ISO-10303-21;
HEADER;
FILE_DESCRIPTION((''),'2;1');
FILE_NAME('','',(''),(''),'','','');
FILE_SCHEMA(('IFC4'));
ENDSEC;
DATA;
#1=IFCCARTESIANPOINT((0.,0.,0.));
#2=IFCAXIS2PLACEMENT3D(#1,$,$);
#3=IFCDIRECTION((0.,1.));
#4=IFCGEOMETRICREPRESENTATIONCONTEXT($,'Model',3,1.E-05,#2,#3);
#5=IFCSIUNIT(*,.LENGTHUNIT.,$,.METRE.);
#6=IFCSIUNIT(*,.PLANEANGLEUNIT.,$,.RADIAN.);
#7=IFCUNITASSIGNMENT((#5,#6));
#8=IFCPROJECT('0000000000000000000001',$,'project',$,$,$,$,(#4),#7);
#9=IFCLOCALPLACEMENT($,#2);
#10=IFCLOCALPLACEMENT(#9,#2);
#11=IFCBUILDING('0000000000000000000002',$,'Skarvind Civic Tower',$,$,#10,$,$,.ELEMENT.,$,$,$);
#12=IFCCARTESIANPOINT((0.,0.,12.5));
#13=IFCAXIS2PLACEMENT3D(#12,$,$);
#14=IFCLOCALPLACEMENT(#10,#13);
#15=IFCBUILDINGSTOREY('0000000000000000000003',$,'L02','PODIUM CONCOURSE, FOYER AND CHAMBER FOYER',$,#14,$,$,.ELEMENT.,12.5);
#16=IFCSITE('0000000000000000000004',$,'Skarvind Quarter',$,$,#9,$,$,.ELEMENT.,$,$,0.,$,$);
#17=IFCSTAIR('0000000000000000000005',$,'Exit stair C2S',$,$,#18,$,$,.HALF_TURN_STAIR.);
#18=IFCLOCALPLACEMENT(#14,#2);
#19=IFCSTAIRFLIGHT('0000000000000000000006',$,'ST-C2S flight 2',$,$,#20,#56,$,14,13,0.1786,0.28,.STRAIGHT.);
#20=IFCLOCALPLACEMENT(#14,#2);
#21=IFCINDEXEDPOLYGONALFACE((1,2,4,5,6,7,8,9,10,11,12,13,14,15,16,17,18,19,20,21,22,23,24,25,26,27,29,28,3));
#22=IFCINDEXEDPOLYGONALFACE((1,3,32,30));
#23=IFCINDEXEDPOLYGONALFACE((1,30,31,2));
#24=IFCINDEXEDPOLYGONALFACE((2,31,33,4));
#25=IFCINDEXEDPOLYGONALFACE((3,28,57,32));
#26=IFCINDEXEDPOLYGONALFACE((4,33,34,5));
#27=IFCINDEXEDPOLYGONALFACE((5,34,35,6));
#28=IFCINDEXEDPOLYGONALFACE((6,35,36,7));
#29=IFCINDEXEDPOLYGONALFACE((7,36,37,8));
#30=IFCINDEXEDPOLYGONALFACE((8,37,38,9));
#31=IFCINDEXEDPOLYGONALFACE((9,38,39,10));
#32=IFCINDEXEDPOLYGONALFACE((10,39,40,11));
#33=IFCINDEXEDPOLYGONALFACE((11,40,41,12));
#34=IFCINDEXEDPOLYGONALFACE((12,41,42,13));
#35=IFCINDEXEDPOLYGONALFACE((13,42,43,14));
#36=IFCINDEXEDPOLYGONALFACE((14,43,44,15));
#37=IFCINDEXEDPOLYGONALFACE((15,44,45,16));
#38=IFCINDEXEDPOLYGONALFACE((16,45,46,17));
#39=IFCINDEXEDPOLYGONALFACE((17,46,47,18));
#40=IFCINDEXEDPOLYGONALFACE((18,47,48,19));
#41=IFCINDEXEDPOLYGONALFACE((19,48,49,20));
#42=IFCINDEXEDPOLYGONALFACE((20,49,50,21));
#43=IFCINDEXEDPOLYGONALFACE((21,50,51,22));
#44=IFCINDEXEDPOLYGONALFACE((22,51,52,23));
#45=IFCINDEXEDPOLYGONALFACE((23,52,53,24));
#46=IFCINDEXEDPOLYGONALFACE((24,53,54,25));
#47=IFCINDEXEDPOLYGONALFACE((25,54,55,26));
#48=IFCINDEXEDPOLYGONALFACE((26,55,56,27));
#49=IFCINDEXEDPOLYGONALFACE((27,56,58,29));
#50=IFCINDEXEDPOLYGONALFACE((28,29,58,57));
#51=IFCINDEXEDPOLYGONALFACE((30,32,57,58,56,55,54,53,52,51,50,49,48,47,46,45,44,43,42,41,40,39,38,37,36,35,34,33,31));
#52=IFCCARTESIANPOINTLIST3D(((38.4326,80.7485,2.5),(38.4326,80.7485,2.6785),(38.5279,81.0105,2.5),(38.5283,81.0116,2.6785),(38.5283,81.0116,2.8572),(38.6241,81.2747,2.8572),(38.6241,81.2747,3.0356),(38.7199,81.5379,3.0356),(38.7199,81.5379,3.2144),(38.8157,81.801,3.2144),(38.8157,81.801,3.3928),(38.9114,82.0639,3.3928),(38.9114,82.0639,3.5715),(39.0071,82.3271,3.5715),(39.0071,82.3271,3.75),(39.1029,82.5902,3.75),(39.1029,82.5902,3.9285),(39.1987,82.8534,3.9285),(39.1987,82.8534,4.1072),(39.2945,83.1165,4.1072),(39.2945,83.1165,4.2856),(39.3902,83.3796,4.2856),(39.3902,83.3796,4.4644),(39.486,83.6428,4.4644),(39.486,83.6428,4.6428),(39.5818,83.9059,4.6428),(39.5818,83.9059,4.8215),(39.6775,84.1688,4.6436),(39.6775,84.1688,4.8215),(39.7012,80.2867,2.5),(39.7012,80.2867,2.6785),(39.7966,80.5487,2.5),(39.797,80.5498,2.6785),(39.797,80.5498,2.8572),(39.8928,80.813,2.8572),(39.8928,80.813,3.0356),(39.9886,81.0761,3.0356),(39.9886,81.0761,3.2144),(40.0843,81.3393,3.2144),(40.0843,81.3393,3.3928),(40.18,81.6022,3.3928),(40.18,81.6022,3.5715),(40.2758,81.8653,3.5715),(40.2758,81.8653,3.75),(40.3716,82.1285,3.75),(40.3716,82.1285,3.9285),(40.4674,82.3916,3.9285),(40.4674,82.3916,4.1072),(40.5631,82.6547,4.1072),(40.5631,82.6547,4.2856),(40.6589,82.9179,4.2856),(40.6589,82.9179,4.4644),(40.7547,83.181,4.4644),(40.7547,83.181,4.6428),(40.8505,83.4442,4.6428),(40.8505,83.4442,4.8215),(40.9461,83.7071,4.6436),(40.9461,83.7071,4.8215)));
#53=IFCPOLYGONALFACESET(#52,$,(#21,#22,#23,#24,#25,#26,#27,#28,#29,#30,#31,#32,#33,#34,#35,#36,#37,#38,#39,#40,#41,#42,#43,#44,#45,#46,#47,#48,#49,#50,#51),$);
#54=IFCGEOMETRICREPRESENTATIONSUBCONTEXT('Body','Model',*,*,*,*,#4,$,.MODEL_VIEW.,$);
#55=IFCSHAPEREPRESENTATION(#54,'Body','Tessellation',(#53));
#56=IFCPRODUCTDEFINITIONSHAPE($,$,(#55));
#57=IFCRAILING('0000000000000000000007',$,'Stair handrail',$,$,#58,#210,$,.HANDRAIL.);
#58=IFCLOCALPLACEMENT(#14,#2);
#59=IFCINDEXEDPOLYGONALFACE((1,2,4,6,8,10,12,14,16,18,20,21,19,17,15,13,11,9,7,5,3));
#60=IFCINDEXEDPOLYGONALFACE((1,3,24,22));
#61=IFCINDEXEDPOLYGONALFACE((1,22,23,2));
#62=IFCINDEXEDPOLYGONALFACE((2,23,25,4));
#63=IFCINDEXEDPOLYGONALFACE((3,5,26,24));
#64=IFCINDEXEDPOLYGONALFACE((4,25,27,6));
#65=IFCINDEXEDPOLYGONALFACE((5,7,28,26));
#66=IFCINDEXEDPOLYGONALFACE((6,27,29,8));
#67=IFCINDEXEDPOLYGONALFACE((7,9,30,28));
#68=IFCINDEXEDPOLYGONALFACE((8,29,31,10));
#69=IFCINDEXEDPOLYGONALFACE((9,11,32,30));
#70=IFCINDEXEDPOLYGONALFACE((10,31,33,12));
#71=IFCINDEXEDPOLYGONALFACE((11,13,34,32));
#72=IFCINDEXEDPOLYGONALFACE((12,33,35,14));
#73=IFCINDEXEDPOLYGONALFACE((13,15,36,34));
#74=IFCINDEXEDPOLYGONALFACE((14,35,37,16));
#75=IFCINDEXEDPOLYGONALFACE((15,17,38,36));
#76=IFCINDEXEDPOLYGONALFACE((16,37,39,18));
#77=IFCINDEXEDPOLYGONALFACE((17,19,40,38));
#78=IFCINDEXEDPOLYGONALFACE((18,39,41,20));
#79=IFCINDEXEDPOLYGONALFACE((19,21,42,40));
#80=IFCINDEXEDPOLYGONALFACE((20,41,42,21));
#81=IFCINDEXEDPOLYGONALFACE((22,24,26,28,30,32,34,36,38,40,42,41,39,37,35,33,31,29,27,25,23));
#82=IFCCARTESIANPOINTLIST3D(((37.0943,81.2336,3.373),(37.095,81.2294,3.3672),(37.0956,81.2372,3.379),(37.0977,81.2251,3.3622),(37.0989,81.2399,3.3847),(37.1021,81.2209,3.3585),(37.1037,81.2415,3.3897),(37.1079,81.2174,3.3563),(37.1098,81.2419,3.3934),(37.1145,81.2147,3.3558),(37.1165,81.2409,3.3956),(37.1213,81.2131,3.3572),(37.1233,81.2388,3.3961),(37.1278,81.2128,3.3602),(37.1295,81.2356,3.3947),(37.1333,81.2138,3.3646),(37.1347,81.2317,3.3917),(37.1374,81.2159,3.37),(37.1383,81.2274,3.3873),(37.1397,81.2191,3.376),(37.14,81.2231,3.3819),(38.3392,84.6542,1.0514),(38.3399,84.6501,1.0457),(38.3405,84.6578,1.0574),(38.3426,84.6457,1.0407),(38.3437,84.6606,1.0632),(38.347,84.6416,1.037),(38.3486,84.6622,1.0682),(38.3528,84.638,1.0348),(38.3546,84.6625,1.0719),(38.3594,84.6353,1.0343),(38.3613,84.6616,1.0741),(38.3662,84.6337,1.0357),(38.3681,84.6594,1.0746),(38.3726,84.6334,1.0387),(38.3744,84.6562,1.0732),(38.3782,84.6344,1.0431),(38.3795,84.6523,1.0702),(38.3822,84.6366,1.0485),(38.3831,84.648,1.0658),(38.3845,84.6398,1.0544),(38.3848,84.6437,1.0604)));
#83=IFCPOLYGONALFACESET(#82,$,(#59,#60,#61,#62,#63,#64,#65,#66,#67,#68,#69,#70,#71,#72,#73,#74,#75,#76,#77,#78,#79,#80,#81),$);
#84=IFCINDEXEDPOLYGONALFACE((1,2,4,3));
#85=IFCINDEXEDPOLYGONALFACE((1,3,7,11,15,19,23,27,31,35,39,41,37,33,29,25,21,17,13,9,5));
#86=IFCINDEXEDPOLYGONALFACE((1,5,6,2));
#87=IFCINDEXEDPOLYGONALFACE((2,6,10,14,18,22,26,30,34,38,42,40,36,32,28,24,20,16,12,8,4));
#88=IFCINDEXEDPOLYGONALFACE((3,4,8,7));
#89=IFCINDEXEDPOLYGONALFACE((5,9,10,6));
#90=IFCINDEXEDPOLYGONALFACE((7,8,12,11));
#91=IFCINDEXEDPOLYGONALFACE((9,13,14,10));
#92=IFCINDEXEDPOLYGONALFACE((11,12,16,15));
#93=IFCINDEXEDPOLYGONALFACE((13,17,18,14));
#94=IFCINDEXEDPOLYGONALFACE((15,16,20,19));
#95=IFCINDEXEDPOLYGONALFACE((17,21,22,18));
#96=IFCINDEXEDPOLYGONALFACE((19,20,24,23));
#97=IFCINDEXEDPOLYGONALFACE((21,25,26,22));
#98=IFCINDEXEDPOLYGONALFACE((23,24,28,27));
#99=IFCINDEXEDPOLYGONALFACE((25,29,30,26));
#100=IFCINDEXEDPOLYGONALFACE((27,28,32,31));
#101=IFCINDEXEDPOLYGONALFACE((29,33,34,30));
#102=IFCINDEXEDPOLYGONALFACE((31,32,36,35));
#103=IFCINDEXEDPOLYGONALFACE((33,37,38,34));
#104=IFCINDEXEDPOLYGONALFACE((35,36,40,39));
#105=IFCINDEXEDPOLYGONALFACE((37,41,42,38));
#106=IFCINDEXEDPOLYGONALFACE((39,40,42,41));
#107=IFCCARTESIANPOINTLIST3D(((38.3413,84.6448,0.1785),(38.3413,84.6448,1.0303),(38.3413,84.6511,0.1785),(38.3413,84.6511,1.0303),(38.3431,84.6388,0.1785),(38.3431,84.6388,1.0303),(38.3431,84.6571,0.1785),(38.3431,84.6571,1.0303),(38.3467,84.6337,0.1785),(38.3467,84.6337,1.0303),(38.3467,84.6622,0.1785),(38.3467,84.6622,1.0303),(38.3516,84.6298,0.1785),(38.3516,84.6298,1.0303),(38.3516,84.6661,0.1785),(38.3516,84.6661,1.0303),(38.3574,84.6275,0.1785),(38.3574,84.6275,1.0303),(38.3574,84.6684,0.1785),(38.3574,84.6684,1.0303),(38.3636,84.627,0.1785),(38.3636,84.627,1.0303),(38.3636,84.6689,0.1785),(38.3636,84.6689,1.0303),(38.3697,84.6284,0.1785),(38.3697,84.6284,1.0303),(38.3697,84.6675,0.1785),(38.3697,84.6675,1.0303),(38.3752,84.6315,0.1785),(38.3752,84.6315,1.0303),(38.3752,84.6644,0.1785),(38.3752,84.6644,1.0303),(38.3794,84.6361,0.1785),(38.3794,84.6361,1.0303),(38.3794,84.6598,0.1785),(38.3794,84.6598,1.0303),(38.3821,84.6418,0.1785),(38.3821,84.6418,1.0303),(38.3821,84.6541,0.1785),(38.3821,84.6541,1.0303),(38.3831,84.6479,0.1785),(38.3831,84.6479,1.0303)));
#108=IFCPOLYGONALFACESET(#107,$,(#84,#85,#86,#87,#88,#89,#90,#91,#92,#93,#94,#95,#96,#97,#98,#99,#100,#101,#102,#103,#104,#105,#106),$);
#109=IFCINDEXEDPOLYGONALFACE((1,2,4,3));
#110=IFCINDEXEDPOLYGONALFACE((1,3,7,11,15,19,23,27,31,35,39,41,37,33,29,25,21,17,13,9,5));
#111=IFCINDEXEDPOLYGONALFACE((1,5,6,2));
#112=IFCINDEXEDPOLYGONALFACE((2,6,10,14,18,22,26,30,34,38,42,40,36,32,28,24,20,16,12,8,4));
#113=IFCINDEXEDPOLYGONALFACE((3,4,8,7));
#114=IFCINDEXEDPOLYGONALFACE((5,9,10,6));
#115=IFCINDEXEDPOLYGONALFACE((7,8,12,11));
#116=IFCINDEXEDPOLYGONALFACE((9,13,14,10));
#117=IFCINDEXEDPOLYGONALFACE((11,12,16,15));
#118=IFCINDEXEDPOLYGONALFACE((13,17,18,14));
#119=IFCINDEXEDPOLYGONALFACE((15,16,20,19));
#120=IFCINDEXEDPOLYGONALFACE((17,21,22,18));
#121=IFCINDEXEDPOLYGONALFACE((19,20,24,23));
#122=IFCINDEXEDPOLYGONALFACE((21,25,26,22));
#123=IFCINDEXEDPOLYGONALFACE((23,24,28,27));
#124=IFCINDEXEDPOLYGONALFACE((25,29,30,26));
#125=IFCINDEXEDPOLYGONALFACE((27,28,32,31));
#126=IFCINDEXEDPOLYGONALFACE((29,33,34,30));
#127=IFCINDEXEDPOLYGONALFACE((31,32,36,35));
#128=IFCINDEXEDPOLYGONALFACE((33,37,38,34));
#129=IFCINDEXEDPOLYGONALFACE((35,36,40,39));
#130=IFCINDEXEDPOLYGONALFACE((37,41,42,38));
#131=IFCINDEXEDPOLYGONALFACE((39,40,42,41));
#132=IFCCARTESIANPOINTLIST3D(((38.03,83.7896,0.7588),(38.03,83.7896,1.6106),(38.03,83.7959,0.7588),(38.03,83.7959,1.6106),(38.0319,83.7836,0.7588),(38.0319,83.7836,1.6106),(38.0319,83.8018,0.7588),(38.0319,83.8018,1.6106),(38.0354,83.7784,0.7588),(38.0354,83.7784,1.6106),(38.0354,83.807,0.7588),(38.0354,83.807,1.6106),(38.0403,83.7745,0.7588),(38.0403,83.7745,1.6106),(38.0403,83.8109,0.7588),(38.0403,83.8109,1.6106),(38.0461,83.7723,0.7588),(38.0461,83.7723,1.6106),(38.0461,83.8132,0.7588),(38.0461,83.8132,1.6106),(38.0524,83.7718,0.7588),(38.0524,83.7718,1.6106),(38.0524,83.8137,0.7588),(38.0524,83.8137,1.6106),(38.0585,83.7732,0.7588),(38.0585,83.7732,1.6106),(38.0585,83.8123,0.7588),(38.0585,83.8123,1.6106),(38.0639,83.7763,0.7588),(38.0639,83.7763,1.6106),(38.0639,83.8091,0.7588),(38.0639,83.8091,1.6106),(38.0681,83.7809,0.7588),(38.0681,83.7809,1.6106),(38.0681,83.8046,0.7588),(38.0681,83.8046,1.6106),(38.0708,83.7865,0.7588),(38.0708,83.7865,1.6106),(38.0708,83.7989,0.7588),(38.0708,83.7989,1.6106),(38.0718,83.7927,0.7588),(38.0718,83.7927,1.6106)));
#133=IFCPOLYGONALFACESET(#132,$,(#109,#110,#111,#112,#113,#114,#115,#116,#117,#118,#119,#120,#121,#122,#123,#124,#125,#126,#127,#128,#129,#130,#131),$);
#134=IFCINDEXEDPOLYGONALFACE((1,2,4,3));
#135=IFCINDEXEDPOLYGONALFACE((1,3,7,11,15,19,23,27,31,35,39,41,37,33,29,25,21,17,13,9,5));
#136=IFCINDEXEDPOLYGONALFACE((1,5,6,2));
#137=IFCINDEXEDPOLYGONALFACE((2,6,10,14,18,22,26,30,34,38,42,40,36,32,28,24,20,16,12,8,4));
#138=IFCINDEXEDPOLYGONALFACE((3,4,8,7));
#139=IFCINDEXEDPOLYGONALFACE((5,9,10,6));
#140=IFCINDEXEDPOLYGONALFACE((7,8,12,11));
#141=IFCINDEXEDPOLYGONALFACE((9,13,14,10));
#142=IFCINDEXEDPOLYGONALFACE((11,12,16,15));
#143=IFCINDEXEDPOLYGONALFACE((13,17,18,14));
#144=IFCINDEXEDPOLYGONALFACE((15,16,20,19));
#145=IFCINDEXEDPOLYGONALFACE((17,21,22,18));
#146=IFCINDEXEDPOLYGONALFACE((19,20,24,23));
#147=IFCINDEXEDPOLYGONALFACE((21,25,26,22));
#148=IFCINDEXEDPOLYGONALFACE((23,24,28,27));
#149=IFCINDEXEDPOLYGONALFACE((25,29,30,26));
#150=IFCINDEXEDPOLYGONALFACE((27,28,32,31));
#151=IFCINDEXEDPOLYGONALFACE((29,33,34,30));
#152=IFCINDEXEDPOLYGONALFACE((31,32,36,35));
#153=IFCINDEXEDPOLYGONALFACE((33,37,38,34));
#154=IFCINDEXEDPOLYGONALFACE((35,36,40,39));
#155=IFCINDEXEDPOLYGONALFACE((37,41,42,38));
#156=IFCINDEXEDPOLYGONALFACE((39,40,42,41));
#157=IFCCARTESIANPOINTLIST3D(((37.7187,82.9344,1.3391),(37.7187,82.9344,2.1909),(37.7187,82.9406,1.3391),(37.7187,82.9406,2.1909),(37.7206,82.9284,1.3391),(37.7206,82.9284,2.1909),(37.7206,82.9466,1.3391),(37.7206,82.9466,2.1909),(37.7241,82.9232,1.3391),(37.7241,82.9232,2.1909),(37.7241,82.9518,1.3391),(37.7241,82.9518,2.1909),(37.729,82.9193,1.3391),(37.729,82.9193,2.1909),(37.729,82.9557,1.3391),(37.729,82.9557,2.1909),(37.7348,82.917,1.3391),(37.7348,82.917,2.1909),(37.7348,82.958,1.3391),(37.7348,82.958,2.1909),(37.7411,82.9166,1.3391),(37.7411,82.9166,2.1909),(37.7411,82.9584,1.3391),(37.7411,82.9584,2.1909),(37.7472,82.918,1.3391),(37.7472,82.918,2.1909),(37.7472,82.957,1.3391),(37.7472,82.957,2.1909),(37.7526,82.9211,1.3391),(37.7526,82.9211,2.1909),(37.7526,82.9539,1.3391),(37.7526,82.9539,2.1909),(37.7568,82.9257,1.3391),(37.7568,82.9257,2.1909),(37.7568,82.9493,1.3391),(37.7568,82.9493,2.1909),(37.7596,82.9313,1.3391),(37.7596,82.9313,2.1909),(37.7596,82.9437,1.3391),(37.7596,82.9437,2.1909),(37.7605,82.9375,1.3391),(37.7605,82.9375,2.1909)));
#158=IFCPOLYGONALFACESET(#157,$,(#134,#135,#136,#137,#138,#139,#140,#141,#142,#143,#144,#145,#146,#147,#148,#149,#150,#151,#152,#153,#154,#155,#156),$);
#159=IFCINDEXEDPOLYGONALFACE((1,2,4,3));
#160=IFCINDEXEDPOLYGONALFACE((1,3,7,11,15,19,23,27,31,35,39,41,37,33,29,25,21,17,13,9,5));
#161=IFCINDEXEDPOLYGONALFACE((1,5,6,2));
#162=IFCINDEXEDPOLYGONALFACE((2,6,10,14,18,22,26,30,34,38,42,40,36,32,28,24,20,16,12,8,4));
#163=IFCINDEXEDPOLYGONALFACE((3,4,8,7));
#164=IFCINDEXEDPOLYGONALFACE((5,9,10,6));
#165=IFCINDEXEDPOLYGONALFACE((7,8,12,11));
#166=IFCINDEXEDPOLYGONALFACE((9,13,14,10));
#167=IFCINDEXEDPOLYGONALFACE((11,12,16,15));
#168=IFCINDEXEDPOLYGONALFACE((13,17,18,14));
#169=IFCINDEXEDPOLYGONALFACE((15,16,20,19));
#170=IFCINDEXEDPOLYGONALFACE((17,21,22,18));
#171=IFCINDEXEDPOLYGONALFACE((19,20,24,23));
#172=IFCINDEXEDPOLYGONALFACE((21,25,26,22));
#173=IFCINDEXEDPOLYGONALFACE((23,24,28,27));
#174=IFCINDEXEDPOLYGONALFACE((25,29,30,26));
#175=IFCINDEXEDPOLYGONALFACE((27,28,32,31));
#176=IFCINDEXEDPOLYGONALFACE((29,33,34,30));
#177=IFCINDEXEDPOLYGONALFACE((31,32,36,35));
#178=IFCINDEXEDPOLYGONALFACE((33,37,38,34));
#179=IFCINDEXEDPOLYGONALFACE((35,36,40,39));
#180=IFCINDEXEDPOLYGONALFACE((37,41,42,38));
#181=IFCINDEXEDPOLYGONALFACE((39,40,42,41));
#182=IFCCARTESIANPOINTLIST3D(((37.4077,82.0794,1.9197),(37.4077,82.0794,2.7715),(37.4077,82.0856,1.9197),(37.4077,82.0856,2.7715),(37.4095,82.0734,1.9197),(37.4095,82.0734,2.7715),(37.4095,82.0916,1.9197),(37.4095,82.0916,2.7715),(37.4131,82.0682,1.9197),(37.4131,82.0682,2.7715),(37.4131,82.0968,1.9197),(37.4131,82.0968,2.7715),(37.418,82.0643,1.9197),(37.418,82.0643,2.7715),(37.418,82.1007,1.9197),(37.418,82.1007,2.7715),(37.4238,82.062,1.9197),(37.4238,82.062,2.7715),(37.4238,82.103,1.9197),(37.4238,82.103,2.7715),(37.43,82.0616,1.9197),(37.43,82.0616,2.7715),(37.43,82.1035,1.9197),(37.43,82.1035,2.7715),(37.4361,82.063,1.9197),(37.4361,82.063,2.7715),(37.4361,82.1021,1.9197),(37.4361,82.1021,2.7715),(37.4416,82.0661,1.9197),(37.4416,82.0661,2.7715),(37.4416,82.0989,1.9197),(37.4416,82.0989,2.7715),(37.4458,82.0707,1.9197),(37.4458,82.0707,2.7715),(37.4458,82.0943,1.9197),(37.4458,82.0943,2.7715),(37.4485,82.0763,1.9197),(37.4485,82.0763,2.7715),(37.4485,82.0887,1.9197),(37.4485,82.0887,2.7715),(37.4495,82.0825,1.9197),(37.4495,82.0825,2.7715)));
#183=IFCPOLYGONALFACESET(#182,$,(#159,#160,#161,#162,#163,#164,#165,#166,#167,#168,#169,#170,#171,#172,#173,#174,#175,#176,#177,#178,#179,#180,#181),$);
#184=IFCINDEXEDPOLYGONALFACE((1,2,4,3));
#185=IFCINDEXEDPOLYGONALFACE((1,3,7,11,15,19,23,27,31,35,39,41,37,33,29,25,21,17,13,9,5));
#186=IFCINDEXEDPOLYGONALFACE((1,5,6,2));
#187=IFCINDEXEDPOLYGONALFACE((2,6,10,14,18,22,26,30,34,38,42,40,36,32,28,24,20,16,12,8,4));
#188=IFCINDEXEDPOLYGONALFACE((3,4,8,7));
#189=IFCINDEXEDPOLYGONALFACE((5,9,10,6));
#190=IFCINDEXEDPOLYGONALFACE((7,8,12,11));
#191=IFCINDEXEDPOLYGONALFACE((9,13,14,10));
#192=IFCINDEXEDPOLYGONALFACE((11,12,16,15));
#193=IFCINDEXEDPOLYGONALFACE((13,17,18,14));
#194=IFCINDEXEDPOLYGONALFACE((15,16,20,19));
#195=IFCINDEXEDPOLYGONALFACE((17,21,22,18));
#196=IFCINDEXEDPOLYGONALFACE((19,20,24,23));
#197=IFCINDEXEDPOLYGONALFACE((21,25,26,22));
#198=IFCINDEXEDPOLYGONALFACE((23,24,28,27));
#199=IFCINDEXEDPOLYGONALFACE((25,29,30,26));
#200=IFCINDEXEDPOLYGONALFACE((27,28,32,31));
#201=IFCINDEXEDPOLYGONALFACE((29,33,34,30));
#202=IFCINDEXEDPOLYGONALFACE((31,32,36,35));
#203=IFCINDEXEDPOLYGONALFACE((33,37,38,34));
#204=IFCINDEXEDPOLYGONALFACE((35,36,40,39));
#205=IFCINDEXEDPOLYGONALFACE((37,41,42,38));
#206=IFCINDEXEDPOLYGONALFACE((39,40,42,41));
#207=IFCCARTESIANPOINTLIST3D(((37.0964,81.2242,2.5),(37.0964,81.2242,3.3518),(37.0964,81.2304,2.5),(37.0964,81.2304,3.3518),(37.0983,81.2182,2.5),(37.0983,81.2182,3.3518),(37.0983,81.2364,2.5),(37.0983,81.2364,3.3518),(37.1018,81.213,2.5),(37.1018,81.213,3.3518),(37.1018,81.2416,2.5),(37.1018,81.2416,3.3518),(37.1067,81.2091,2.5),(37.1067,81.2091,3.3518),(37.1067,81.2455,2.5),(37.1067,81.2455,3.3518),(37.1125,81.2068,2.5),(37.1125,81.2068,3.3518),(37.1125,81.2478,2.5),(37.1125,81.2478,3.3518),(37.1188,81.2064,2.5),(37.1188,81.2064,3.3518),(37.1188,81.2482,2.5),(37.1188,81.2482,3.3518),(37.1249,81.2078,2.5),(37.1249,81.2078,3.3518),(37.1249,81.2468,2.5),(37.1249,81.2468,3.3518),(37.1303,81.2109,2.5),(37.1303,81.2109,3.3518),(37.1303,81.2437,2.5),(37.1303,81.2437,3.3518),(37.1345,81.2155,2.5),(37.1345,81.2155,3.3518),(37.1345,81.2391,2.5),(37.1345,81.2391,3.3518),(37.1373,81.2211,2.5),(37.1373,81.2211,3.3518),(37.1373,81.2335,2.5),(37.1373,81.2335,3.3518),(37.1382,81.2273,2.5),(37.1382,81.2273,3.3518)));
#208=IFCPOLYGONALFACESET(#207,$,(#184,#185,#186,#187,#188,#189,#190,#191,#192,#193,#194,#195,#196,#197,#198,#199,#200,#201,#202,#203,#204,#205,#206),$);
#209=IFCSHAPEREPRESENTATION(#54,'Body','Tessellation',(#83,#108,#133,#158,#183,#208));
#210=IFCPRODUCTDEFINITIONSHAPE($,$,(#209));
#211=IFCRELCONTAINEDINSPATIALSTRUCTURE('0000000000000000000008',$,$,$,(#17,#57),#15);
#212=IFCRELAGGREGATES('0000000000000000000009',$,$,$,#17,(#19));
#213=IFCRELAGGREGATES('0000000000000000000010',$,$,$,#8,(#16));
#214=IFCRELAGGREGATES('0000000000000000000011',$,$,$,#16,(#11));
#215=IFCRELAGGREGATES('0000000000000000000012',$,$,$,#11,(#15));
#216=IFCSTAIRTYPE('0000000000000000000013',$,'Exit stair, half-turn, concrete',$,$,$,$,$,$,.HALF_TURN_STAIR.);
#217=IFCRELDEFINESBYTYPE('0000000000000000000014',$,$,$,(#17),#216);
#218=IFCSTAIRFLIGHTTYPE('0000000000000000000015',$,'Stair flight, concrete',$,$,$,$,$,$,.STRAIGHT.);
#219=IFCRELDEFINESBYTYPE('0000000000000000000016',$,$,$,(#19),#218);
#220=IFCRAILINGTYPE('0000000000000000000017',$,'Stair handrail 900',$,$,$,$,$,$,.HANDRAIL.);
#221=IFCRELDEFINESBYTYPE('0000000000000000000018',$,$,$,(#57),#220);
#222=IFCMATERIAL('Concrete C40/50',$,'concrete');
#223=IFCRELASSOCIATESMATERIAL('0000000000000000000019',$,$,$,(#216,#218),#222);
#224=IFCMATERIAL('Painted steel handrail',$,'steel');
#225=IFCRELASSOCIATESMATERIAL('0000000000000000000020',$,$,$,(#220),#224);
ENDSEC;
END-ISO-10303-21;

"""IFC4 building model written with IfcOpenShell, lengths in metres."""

from ifc_helpers import new_model, si_unit, direction, frame, origin, origin_2d, place, context, subcontext, project, spatial, polyline, circle, outline, extrude, material, type_object, element, aggregate, save


model = new_model("IFC4")

# Units and contexts
model_context = context("Model", 3, precision=1e-05, world=origin(), true_north=direction((0.0, 1.0)))
body_context = subcontext(model_context, "Body", "Model", "MODEL_VIEW")
ifc_project = project(units=[si_unit("LENGTHUNIT", "METRE"), si_unit("PLANEANGLEUNIT", "RADIAN")], contexts=[model_context])

# Site, building, storey
site_placement = place(None, origin())
site = spatial("IfcSite", under=ifc_project, at=site_placement, Name="Skarvind Quarter", CompositionType="ELEMENT", RefElevation=0.0)
building_placement = place(site_placement, origin())
building = spatial("IfcBuilding", under=site, at=building_placement, Name="Skarvind Civic Tower", CompositionType="ELEMENT")
storey_placement = place(building_placement, frame((0.0, 0.0, 12.5)))
storey = spatial("IfcBuildingStorey", under=building, at=storey_placement, Name="L02", Description="PODIUM CONCOURSE, FOYER AND CHAMBER FOYER", CompositionType="ELEMENT", Elevation=12.5)

# Stair, stair flight
ifc_material_1 = material(Name="Concrete C40/50", Category="concrete")
stair_type = type_object("IfcStairType", Name="Exit stair, half-turn, concrete", PredefinedType="HALF_TURN_STAIR", material=ifc_material_1)
stair_placement = place(storey_placement, origin())
stair = element("IfcStair", 1, at=stair_placement, inside=storey, type_object=stair_type, Name="Exit stair C2S", PredefinedType="HALF_TURN_STAIR")
stair_flight_type = type_object("IfcStairFlightType", Name="Stair flight, concrete", PredefinedType="STRAIGHT", material=ifc_material_1)
stair_flight_1_placement = place(storey_placement, frame((39.0669, 80.5176, 2.5), z_axis=(0.0, 0.0, 1.0), x_axis=(0.34202, 0.939693, 0.0)))
stair_flight_1 = element("IfcStairFlight", 2, at=stair_flight_1_placement, type_object=stair_flight_type, Name="ST-C2S flight 2", NumberOfRisers=14, NumberOfTreads=13, PredefinedType="STRAIGHT", RiserHeight=0.1786, TreadLength=0.28, context=body_context, shape_type="SweptSolid", body=[
    extrude(outline(polyline([(0.0, 0.0), (0.0, 0.1785), (0.28, 0.1785), (0.28, 0.3572), (0.5601, 0.3572), (0.5601, 0.5356), (0.8401, 0.5356), (0.8401, 0.7144), (1.1201, 0.7144), (1.1201, 0.8928), (1.3999, 0.8928), (1.3999, 1.0715), (1.6799, 1.0715), (1.6799, 1.25), (1.96, 1.25), (1.96, 1.4285), (2.24, 1.4285), (2.24, 1.6072), (2.52, 1.6072), (2.52, 1.7856), (2.8, 1.7856), (2.8, 1.9644), (3.0801, 1.9644), (3.0801, 2.1428), (3.3601, 2.1428), (3.3601, 2.3215), (3.6399, 2.3215), (3.6399, 2.5), (3.6399, 2.1436), (0.2788, 0.0), (0.0, 0.0)])), frame((0.0, 0.675, 0.0), z_axis=(0.0, -1.0, 0.0), x_axis=(1.0, 0.0, 0.0)), (0.0, 0.0, 1.0), 1.3501),
])
aggregate(stair, [stair_flight_1])

# Railing
ifc_material_2 = material(Name="Painted steel handrail", Category="steel")
railing_type = type_object("IfcRailingType", Name="Stair handrail 900", PredefinedType="HANDRAIL", material=ifc_material_2)
railing_1_placement = place(storey_placement, frame((38.3621, 84.6479, 0.1785)))
element("IfcRailing", 3, at=railing_1_placement, inside=storey, type_object=railing_type, Name="Stair handrail", PredefinedType="HANDRAIL", context=body_context, shape_type="SweptSolid", body=[
    extrude(circle(Radius=0.0239, at=origin_2d()), frame((0.0, 0.0, 0.876), z_axis=(-0.288337, -0.792292, 0.537713), x_axis=(0.939705, -0.341985, 0.0)), (0.0, 0.0, 1.0), 4.3174),
    extrude(circle(Radius=0.021, at=origin_2d()), origin(), (0.0, 0.0, 1.0), 0.8518),
    extrude(circle(Radius=0.021, at=origin_2d()), frame((-0.3113, -0.8552, 0.5803)), (0.0, 0.0, 1.0), 0.8518),
    extrude(circle(Radius=0.021, at=origin_2d()), frame((-0.6226, -1.7104, 1.1606)), (0.0, 0.0, 1.0), 0.8518),
    extrude(circle(Radius=0.021, at=origin_2d()), frame((-0.9336, -2.5654, 1.7412)), (0.0, 0.0, 1.0), 0.8518),
    extrude(circle(Radius=0.021, at=origin_2d()), frame((-1.2449, -3.4207, 2.3215)), (0.0, 0.0, 1.0), 0.8518),
])

save(model, "model.ifc")
